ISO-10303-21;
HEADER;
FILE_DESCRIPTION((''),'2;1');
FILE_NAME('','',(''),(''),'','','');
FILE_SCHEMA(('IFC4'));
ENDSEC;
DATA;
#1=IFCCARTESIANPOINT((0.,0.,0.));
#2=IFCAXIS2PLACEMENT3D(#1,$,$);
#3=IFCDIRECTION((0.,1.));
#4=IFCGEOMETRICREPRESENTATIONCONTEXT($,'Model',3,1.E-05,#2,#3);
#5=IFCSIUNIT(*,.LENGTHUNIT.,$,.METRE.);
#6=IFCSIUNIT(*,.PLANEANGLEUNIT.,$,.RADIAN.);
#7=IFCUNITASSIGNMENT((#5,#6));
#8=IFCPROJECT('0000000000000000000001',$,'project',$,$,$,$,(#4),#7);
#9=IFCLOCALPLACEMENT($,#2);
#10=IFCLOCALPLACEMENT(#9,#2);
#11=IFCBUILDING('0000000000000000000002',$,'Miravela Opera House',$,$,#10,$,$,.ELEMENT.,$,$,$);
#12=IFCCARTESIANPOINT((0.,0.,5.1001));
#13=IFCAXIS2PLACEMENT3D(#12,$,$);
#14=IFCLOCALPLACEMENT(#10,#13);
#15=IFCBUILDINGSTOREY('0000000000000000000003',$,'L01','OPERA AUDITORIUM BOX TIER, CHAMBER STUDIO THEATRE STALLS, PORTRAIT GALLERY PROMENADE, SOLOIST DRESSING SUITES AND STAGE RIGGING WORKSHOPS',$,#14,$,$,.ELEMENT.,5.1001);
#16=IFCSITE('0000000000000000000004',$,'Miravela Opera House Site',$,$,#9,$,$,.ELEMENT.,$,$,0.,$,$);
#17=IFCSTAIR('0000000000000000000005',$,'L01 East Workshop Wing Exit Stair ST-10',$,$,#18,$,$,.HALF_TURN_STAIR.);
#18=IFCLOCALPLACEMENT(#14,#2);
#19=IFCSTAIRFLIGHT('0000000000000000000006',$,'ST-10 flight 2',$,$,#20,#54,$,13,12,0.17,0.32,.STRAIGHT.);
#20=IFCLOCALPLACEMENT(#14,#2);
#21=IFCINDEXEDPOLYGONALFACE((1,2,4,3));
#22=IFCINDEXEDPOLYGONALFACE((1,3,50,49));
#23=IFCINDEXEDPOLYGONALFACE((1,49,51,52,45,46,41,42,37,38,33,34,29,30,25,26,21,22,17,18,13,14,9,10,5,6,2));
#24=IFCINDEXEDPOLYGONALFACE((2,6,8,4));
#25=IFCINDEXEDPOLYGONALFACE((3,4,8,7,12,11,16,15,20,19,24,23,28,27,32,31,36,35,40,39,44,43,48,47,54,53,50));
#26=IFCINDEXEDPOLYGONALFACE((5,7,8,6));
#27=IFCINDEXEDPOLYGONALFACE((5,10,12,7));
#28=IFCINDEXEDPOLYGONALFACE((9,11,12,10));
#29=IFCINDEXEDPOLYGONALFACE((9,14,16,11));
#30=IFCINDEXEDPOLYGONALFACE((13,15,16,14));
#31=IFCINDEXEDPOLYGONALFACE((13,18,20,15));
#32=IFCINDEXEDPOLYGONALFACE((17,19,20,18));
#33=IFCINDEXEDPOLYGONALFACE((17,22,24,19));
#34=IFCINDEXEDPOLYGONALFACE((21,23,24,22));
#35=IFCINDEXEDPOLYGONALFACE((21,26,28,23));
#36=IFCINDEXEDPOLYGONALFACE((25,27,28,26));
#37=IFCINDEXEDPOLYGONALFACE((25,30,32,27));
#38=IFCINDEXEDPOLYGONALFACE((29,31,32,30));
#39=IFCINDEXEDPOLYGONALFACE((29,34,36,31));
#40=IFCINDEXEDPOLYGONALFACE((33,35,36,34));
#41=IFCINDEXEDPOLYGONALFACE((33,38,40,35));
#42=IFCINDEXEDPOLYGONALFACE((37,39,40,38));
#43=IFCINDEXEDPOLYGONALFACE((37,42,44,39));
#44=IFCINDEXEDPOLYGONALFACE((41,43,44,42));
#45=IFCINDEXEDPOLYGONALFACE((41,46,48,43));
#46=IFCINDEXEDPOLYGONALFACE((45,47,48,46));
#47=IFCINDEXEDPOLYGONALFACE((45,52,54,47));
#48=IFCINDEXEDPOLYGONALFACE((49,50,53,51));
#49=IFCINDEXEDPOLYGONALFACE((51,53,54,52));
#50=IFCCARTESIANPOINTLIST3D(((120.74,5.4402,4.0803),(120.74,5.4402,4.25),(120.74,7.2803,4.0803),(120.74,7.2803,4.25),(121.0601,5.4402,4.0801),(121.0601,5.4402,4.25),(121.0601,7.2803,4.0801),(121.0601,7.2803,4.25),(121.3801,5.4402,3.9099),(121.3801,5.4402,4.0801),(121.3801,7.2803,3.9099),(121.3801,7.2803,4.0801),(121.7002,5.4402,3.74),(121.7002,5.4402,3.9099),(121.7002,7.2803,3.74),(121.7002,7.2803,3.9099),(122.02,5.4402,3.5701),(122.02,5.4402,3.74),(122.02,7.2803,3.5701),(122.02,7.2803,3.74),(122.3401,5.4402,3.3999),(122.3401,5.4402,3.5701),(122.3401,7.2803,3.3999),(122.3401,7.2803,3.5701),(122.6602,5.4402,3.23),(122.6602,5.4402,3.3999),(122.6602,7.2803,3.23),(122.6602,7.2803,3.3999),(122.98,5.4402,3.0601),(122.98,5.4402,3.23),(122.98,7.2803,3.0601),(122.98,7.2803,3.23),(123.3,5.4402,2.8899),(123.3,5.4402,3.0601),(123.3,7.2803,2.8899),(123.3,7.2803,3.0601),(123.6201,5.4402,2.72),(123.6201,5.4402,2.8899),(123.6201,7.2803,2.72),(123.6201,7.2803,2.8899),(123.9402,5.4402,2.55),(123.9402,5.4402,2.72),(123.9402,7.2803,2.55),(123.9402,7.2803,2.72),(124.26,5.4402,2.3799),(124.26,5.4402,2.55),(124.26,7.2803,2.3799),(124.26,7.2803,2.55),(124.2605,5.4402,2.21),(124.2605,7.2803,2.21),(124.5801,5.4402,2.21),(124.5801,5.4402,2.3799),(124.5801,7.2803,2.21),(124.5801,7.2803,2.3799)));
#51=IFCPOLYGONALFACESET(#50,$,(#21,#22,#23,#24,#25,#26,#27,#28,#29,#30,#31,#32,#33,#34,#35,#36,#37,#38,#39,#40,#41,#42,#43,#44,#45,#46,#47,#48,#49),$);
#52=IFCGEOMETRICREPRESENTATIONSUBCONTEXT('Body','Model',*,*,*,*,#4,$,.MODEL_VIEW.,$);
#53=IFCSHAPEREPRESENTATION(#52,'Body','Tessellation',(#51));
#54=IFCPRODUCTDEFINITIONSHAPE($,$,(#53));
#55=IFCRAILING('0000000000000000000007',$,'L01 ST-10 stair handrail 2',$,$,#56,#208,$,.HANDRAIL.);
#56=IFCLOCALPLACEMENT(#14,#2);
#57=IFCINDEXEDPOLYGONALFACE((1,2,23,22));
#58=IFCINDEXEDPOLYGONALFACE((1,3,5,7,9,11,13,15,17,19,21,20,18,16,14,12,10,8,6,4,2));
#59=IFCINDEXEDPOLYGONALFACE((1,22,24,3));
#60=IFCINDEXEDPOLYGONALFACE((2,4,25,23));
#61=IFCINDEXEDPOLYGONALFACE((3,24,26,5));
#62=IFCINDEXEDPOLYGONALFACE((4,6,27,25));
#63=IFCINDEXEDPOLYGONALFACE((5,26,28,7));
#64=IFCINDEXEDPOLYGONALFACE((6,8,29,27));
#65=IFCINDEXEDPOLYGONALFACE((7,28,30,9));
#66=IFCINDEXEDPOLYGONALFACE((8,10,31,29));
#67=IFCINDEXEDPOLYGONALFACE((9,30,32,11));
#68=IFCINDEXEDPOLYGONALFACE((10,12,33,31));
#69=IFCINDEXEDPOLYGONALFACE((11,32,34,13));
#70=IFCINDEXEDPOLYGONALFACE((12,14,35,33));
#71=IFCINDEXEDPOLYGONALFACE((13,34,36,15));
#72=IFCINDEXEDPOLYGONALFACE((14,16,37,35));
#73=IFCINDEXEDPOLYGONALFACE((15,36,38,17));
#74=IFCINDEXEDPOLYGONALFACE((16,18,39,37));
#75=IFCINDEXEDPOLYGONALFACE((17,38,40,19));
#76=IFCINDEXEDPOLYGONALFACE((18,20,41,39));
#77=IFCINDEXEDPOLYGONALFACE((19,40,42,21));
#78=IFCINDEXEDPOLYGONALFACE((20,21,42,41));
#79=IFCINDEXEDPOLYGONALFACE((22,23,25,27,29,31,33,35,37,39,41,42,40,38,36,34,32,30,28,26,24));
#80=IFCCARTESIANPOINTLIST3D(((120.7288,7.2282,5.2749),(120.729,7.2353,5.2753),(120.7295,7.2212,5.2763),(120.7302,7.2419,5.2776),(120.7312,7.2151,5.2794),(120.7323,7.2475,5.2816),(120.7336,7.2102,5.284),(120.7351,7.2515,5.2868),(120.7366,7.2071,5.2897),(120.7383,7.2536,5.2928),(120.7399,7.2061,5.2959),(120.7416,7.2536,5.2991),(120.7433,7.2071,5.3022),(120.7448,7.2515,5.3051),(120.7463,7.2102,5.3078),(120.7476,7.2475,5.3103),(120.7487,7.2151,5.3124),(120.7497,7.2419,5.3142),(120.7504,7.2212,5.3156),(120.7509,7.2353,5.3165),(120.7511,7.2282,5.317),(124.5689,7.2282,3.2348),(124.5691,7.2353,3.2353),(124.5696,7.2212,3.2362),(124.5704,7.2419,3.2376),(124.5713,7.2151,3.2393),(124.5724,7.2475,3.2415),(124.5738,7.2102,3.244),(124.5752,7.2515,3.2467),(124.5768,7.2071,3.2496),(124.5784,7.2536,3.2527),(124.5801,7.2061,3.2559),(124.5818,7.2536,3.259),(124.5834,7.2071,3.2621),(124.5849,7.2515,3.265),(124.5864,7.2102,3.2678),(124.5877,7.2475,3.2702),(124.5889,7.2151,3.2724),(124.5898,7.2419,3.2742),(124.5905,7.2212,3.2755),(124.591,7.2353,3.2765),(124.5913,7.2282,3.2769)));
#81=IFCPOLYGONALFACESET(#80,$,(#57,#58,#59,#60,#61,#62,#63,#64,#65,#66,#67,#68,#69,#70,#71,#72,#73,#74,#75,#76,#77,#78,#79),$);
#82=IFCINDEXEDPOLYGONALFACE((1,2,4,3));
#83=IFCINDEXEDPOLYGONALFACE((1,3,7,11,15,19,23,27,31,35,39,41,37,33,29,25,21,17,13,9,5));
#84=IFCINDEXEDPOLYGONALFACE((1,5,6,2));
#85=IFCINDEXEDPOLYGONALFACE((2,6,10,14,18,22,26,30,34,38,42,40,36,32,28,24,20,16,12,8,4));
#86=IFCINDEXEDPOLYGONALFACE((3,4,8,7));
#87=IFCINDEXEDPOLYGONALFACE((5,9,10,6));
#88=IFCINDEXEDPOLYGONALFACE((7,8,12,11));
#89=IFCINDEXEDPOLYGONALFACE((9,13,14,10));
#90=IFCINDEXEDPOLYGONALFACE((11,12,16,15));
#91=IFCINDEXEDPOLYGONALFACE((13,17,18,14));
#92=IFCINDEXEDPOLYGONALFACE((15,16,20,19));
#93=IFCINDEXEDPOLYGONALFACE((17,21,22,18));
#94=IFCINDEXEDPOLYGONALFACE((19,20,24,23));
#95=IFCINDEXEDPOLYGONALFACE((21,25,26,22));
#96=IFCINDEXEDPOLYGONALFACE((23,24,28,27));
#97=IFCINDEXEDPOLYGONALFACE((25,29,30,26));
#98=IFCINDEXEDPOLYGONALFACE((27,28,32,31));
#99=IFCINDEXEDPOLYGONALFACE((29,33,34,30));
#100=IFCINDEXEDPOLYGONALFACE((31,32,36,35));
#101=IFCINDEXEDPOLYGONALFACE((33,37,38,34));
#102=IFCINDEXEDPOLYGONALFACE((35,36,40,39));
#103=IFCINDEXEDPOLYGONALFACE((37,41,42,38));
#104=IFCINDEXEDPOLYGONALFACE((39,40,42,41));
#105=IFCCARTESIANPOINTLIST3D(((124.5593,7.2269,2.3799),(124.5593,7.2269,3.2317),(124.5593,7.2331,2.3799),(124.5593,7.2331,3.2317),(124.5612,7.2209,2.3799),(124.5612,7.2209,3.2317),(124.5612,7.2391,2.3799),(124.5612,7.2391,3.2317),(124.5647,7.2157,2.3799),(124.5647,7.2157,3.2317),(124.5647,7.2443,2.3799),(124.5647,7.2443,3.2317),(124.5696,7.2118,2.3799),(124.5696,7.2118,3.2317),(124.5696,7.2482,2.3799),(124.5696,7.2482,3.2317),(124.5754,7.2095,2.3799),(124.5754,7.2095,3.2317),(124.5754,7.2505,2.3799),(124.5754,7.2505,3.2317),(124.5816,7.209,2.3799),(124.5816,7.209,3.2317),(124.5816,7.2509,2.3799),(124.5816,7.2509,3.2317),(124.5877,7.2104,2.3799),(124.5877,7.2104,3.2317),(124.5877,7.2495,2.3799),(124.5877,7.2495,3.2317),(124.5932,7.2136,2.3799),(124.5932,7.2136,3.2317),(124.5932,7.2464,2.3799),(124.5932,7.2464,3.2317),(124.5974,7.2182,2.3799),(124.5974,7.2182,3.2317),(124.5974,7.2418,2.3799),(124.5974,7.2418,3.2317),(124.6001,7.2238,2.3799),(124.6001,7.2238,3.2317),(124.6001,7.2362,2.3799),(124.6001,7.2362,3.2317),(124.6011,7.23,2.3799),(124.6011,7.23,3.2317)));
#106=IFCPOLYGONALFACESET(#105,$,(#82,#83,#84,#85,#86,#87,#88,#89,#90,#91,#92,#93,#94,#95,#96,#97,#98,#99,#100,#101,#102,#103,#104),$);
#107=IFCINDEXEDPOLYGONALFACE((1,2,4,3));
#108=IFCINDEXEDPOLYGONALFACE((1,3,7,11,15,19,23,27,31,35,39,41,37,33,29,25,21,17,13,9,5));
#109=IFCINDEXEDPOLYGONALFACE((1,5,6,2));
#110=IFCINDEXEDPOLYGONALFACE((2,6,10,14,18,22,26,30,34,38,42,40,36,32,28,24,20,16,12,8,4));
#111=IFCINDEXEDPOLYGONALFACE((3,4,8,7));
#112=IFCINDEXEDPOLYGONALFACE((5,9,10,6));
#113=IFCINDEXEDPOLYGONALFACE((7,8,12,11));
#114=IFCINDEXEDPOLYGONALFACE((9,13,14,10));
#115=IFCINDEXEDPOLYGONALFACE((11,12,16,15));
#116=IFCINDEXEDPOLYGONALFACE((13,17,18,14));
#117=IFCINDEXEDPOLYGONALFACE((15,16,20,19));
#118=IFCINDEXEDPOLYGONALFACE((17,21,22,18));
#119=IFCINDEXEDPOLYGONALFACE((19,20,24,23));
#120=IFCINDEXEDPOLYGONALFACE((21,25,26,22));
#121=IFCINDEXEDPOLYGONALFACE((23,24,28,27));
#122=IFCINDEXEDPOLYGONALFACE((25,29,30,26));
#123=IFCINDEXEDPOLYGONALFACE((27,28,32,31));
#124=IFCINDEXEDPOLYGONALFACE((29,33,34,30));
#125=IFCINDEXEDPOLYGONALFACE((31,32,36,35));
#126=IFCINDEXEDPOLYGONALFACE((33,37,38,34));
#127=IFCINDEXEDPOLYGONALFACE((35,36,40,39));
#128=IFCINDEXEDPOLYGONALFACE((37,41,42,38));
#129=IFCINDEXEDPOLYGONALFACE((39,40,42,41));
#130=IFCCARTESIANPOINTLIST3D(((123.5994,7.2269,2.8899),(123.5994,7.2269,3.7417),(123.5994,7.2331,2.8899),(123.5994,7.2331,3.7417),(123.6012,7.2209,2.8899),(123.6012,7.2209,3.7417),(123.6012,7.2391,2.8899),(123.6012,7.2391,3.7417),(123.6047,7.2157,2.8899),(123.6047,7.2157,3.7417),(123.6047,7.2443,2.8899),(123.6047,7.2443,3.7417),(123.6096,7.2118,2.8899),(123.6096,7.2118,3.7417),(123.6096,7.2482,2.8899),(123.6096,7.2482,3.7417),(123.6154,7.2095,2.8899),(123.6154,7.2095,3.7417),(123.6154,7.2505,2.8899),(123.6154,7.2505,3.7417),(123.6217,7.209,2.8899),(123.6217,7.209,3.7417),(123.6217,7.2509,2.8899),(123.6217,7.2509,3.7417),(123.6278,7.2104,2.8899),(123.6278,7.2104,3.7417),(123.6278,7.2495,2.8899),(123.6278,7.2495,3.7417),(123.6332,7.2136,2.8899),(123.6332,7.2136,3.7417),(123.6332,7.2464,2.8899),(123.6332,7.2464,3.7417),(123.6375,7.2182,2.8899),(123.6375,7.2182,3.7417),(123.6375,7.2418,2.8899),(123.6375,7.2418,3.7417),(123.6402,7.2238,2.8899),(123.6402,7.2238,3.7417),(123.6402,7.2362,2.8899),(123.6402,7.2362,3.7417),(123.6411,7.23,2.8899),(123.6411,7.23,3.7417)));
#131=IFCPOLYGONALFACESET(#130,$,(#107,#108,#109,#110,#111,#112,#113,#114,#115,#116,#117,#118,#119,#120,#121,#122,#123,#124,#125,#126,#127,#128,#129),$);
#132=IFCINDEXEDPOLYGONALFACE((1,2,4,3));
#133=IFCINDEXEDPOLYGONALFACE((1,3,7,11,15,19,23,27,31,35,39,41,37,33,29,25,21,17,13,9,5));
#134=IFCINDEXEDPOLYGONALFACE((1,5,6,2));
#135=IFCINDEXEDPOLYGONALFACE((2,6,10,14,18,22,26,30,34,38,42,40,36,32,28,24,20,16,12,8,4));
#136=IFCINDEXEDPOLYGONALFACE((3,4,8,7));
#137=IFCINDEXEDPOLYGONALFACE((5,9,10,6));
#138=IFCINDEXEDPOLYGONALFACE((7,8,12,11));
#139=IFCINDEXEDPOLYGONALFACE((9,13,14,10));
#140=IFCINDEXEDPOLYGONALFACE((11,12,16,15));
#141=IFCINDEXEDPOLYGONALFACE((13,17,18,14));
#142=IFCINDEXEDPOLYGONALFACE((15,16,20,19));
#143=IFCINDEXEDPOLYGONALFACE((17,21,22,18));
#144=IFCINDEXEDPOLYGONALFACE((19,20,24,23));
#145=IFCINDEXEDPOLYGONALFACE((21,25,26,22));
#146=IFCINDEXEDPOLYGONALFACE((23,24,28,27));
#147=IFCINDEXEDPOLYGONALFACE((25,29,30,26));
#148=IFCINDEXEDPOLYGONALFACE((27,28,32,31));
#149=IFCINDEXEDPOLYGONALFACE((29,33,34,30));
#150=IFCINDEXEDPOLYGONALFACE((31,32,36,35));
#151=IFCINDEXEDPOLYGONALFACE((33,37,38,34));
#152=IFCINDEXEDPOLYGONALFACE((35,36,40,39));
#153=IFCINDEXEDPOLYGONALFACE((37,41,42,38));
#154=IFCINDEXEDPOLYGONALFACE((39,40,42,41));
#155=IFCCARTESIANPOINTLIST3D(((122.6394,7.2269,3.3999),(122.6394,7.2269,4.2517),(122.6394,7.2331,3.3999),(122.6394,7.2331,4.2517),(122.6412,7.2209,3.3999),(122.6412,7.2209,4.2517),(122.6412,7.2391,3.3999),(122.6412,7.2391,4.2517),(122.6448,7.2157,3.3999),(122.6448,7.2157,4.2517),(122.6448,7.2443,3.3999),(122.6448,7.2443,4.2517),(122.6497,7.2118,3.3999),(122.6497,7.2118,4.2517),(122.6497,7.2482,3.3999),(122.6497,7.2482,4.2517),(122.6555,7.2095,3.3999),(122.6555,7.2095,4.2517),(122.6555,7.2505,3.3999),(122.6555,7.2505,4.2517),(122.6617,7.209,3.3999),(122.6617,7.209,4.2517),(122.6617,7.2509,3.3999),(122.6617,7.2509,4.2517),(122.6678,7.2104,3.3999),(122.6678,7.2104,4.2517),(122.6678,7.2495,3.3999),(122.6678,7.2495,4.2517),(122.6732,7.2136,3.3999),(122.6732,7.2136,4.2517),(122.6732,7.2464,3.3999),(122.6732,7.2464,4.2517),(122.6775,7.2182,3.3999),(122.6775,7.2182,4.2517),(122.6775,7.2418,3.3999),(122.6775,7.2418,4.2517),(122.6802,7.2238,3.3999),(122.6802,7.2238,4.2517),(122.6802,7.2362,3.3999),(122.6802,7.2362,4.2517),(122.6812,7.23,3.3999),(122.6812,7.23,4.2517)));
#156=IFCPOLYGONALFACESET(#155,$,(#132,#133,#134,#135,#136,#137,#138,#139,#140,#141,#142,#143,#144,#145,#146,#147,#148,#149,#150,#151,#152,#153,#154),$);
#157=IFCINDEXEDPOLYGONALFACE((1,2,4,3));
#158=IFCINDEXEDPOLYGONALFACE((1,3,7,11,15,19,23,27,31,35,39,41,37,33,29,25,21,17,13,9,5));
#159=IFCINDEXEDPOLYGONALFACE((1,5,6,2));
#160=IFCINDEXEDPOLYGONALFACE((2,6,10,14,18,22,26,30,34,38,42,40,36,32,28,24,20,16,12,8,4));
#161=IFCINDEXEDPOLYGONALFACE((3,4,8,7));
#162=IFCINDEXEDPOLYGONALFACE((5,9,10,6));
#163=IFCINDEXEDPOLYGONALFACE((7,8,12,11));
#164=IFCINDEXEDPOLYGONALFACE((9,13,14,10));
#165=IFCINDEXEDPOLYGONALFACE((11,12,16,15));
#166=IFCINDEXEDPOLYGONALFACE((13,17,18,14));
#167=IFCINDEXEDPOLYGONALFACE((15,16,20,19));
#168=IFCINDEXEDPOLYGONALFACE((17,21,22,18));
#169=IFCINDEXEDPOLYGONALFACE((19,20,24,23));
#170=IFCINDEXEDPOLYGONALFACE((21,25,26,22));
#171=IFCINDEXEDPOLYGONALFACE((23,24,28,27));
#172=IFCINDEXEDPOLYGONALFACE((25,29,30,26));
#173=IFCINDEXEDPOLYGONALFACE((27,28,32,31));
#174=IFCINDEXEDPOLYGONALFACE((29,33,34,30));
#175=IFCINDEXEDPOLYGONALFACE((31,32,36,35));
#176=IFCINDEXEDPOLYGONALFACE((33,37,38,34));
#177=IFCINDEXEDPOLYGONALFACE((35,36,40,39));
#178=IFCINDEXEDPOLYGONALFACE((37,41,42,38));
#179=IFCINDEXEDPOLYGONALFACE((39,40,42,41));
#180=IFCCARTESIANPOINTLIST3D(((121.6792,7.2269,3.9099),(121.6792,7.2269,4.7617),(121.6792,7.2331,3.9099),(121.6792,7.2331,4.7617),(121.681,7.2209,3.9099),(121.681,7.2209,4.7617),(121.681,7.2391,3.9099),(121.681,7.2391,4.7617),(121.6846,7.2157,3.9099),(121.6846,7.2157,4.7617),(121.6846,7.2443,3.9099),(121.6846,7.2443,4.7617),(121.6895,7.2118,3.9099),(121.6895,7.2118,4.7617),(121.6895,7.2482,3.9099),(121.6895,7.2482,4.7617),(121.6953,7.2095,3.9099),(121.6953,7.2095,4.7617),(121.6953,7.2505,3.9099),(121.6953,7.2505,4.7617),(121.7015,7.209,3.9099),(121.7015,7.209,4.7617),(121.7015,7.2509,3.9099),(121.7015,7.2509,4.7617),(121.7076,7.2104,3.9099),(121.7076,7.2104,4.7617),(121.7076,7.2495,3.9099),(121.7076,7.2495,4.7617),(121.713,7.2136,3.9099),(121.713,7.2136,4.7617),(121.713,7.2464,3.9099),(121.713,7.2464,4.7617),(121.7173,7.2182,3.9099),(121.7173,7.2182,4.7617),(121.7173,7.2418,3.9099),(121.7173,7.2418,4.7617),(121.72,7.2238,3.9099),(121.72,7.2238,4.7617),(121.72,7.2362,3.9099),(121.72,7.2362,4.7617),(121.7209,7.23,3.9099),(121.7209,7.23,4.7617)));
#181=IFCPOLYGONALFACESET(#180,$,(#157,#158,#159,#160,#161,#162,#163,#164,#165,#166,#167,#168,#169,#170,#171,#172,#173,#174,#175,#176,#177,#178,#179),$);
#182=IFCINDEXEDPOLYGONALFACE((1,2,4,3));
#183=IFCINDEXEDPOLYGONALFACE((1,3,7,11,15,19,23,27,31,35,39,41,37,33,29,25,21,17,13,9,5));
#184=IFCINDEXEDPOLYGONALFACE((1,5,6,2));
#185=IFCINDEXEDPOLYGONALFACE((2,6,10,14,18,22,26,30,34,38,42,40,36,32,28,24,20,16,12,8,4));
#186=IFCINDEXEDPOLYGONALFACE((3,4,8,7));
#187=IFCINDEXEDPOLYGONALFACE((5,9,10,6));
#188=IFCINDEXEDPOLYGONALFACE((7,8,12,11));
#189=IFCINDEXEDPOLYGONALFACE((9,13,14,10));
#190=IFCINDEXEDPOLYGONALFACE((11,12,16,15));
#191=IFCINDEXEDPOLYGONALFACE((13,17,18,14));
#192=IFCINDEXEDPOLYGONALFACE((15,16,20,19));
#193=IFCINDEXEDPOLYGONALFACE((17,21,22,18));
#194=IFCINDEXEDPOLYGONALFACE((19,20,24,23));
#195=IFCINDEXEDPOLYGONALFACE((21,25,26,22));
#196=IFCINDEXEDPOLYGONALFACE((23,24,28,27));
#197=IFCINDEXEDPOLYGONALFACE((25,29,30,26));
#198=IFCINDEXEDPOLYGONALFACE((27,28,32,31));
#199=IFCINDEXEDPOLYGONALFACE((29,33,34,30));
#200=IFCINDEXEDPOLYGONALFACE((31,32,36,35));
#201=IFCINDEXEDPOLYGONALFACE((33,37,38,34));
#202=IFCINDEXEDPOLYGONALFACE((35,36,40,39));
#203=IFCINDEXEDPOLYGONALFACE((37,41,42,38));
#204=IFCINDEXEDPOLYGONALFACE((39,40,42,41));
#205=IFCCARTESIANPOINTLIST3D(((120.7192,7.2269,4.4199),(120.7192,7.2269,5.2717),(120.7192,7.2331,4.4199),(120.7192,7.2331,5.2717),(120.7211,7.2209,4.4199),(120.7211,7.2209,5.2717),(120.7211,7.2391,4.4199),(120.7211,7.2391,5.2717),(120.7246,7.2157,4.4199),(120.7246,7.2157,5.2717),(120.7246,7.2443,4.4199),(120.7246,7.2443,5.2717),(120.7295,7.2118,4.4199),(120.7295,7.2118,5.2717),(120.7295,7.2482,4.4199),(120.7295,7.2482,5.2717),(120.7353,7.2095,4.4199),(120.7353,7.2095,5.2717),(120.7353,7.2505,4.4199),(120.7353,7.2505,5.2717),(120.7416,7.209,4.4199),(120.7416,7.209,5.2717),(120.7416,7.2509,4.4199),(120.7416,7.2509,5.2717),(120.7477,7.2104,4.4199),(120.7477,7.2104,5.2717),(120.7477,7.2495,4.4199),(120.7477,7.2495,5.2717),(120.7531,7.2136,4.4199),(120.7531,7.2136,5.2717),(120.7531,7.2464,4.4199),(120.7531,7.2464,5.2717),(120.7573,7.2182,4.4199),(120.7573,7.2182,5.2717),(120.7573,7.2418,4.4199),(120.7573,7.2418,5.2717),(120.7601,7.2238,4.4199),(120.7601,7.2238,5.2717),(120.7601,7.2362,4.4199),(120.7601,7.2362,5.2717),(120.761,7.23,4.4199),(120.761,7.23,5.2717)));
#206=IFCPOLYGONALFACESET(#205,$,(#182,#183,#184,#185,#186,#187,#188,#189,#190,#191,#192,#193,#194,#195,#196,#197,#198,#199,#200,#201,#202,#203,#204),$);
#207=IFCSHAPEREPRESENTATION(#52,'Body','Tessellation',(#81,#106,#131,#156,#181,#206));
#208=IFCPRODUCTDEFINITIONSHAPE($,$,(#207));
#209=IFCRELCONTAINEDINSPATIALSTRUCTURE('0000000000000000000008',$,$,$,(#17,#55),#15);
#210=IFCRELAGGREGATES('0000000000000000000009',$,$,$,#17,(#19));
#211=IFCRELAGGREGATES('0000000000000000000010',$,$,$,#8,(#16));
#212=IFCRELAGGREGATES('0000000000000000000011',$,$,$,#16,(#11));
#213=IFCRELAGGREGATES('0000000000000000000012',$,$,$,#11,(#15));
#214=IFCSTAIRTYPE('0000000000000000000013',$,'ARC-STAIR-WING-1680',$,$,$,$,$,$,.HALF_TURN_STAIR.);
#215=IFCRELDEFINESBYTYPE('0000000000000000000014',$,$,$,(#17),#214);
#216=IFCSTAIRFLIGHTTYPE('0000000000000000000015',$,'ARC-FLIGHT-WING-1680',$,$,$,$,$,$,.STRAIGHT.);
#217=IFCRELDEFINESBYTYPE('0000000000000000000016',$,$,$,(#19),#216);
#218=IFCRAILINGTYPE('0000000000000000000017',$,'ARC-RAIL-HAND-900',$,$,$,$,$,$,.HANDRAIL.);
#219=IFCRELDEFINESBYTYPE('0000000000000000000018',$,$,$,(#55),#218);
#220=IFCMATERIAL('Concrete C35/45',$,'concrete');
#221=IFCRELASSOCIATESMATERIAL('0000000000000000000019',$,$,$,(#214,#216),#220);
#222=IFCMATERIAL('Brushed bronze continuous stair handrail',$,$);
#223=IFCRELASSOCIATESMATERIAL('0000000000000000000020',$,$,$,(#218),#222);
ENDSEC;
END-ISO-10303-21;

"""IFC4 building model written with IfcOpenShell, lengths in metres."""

from ifc_helpers import new_model, si_unit, direction, frame, origin, origin_2d, place, context, subcontext, project, spatial, polyline, circle, outline, extrude, material, type_object, element, aggregate, save


model = new_model("IFC4")

# Units and contexts
model_context = context("Model", 3, precision=1e-05, world=origin(), true_north=direction((0.0, 1.0)))
body_context = subcontext(model_context, "Body", "Model", "MODEL_VIEW")
ifc_project = project(units=[si_unit("LENGTHUNIT", "METRE"), si_unit("PLANEANGLEUNIT", "RADIAN")], contexts=[model_context])

# Site, building, storey
site_placement = place(None, origin())
site = spatial("IfcSite", under=ifc_project, at=site_placement, Name="Miravela Opera House Site", CompositionType="ELEMENT", RefElevation=0.0)
building_placement = place(site_placement, origin())
building = spatial("IfcBuilding", under=site, at=building_placement, Name="Miravela Opera House", CompositionType="ELEMENT")
storey_placement = place(building_placement, frame((0.0, 0.0, 5.1001)))
storey = spatial("IfcBuildingStorey", under=building, at=storey_placement, Name="L01", Description="OPERA AUDITORIUM BOX TIER, CHAMBER STUDIO THEATRE STALLS, PORTRAIT GALLERY PROMENADE, SOLOIST DRESSING SUITES AND STAGE RIGGING WORKSHOPS", CompositionType="ELEMENT", Elevation=5.1001)

# Shared definitions
ifc_material_1 = material(Name="Concrete C35/45", Category="concrete")

# Stair, stair flight
stair_type = type_object("IfcStairType", Name="ARC-STAIR-WING-1680", PredefinedType="HALF_TURN_STAIR", material=ifc_material_1)
stair_placement = place(storey_placement, origin())
stair = element("IfcStair", 1, at=stair_placement, inside=storey, type_object=stair_type, Name="L01 East Workshop Wing Exit Stair ST-10", PredefinedType="HALF_TURN_STAIR")
stair_flight_type = type_object("IfcStairFlightType", Name="ARC-FLIGHT-WING-1680", PredefinedType="STRAIGHT", material=ifc_material_1)
stair_flight_placement = place(storey_placement, frame((124.5801, 6.3601, 2.21), z_axis=(0.0, 0.0, 1.0), x_axis=(-1.0, 0.0, 0.0)))
stair_flight = element("IfcStairFlight", 2, at=stair_flight_placement, type_object=stair_flight_type, Name="ST-10 flight 2", NumberOfRisers=13, NumberOfTreads=12, PredefinedType="STRAIGHT", RiserHeight=0.17, TreadLength=0.32, context=body_context, shape_type="SweptSolid", body=[
    extrude(outline(polyline([(0.0, 0.0), (0.0, 0.1699), (0.3201, 0.1699), (0.3201, 0.3401), (0.6399, 0.3401), (0.6399, 0.51), (0.96, 0.51), (0.96, 0.6799), (1.28, 0.6799), (1.28, 0.8501), (1.6001, 0.8501), (1.6001, 1.02), (1.9199, 1.02), (1.9199, 1.1899), (2.24, 1.1899), (2.24, 1.3601), (2.5601, 1.3601), (2.5601, 1.53), (2.8799, 1.53), (2.8799, 1.7), (3.2, 1.7), (3.2, 1.8701), (3.52, 1.8701), (3.52, 2.04), (3.8401, 2.04), (3.8401, 2.21), (3.8401, 1.8704), (0.3196, 0.0), (0.0, 0.0)])), frame((0.0, 0.9199, 0.0), z_axis=(0.0, -1.0, 0.0), x_axis=(1.0, 0.0, 0.0)), (0.0, 0.0, 1.0), 1.8401),
])
aggregate(stair, [stair_flight])

# Railing
ifc_material_2 = material(Name="Brushed bronze continuous stair handrail")
railing_type_1 = type_object("IfcRailingType", Name="ARC-RAIL-HAND-900", PredefinedType="HANDRAIL", material=ifc_material_2)
railing_1_placement = place(storey_placement, frame((124.5801, 7.23, 2.3799)))
element("IfcRailing", 3, at=railing_1_placement, inside=storey, type_object=railing_type_1, Name="L01 ST-10 stair handrail 2", PredefinedType="HANDRAIL", context=body_context, shape_type="SweptSolid", body=[
    extrude(circle(Radius=0.0239, at=origin_2d()), frame((0.0, 0.0, 0.876), z_axis=(-0.883116, 0.0, 0.469154), x_axis=(0.0, -1.0, 0.0)), (0.0, 0.0, 1.0), 4.3484),
    extrude(circle(Radius=0.021, at=origin_2d()), origin(), (0.0, 0.0, 1.0), 0.8518),
    extrude(circle(Radius=0.021, at=origin_2d()), frame((-0.96, 0.0, 0.51)), (0.0, 0.0, 1.0), 0.8518),
    extrude(circle(Radius=0.021, at=origin_2d()), frame((-1.9199, 0.0, 1.02)), (0.0, 0.0, 1.0), 0.8518),
    extrude(circle(Radius=0.021, at=origin_2d()), frame((-2.8801, 0.0, 1.53)), (0.0, 0.0, 1.0), 0.8518),
    extrude(circle(Radius=0.021, at=origin_2d()), frame((-3.8401, 0.0, 2.04)), (0.0, 0.0, 1.0), 0.8518),
])

save(model, "model.ifc")
